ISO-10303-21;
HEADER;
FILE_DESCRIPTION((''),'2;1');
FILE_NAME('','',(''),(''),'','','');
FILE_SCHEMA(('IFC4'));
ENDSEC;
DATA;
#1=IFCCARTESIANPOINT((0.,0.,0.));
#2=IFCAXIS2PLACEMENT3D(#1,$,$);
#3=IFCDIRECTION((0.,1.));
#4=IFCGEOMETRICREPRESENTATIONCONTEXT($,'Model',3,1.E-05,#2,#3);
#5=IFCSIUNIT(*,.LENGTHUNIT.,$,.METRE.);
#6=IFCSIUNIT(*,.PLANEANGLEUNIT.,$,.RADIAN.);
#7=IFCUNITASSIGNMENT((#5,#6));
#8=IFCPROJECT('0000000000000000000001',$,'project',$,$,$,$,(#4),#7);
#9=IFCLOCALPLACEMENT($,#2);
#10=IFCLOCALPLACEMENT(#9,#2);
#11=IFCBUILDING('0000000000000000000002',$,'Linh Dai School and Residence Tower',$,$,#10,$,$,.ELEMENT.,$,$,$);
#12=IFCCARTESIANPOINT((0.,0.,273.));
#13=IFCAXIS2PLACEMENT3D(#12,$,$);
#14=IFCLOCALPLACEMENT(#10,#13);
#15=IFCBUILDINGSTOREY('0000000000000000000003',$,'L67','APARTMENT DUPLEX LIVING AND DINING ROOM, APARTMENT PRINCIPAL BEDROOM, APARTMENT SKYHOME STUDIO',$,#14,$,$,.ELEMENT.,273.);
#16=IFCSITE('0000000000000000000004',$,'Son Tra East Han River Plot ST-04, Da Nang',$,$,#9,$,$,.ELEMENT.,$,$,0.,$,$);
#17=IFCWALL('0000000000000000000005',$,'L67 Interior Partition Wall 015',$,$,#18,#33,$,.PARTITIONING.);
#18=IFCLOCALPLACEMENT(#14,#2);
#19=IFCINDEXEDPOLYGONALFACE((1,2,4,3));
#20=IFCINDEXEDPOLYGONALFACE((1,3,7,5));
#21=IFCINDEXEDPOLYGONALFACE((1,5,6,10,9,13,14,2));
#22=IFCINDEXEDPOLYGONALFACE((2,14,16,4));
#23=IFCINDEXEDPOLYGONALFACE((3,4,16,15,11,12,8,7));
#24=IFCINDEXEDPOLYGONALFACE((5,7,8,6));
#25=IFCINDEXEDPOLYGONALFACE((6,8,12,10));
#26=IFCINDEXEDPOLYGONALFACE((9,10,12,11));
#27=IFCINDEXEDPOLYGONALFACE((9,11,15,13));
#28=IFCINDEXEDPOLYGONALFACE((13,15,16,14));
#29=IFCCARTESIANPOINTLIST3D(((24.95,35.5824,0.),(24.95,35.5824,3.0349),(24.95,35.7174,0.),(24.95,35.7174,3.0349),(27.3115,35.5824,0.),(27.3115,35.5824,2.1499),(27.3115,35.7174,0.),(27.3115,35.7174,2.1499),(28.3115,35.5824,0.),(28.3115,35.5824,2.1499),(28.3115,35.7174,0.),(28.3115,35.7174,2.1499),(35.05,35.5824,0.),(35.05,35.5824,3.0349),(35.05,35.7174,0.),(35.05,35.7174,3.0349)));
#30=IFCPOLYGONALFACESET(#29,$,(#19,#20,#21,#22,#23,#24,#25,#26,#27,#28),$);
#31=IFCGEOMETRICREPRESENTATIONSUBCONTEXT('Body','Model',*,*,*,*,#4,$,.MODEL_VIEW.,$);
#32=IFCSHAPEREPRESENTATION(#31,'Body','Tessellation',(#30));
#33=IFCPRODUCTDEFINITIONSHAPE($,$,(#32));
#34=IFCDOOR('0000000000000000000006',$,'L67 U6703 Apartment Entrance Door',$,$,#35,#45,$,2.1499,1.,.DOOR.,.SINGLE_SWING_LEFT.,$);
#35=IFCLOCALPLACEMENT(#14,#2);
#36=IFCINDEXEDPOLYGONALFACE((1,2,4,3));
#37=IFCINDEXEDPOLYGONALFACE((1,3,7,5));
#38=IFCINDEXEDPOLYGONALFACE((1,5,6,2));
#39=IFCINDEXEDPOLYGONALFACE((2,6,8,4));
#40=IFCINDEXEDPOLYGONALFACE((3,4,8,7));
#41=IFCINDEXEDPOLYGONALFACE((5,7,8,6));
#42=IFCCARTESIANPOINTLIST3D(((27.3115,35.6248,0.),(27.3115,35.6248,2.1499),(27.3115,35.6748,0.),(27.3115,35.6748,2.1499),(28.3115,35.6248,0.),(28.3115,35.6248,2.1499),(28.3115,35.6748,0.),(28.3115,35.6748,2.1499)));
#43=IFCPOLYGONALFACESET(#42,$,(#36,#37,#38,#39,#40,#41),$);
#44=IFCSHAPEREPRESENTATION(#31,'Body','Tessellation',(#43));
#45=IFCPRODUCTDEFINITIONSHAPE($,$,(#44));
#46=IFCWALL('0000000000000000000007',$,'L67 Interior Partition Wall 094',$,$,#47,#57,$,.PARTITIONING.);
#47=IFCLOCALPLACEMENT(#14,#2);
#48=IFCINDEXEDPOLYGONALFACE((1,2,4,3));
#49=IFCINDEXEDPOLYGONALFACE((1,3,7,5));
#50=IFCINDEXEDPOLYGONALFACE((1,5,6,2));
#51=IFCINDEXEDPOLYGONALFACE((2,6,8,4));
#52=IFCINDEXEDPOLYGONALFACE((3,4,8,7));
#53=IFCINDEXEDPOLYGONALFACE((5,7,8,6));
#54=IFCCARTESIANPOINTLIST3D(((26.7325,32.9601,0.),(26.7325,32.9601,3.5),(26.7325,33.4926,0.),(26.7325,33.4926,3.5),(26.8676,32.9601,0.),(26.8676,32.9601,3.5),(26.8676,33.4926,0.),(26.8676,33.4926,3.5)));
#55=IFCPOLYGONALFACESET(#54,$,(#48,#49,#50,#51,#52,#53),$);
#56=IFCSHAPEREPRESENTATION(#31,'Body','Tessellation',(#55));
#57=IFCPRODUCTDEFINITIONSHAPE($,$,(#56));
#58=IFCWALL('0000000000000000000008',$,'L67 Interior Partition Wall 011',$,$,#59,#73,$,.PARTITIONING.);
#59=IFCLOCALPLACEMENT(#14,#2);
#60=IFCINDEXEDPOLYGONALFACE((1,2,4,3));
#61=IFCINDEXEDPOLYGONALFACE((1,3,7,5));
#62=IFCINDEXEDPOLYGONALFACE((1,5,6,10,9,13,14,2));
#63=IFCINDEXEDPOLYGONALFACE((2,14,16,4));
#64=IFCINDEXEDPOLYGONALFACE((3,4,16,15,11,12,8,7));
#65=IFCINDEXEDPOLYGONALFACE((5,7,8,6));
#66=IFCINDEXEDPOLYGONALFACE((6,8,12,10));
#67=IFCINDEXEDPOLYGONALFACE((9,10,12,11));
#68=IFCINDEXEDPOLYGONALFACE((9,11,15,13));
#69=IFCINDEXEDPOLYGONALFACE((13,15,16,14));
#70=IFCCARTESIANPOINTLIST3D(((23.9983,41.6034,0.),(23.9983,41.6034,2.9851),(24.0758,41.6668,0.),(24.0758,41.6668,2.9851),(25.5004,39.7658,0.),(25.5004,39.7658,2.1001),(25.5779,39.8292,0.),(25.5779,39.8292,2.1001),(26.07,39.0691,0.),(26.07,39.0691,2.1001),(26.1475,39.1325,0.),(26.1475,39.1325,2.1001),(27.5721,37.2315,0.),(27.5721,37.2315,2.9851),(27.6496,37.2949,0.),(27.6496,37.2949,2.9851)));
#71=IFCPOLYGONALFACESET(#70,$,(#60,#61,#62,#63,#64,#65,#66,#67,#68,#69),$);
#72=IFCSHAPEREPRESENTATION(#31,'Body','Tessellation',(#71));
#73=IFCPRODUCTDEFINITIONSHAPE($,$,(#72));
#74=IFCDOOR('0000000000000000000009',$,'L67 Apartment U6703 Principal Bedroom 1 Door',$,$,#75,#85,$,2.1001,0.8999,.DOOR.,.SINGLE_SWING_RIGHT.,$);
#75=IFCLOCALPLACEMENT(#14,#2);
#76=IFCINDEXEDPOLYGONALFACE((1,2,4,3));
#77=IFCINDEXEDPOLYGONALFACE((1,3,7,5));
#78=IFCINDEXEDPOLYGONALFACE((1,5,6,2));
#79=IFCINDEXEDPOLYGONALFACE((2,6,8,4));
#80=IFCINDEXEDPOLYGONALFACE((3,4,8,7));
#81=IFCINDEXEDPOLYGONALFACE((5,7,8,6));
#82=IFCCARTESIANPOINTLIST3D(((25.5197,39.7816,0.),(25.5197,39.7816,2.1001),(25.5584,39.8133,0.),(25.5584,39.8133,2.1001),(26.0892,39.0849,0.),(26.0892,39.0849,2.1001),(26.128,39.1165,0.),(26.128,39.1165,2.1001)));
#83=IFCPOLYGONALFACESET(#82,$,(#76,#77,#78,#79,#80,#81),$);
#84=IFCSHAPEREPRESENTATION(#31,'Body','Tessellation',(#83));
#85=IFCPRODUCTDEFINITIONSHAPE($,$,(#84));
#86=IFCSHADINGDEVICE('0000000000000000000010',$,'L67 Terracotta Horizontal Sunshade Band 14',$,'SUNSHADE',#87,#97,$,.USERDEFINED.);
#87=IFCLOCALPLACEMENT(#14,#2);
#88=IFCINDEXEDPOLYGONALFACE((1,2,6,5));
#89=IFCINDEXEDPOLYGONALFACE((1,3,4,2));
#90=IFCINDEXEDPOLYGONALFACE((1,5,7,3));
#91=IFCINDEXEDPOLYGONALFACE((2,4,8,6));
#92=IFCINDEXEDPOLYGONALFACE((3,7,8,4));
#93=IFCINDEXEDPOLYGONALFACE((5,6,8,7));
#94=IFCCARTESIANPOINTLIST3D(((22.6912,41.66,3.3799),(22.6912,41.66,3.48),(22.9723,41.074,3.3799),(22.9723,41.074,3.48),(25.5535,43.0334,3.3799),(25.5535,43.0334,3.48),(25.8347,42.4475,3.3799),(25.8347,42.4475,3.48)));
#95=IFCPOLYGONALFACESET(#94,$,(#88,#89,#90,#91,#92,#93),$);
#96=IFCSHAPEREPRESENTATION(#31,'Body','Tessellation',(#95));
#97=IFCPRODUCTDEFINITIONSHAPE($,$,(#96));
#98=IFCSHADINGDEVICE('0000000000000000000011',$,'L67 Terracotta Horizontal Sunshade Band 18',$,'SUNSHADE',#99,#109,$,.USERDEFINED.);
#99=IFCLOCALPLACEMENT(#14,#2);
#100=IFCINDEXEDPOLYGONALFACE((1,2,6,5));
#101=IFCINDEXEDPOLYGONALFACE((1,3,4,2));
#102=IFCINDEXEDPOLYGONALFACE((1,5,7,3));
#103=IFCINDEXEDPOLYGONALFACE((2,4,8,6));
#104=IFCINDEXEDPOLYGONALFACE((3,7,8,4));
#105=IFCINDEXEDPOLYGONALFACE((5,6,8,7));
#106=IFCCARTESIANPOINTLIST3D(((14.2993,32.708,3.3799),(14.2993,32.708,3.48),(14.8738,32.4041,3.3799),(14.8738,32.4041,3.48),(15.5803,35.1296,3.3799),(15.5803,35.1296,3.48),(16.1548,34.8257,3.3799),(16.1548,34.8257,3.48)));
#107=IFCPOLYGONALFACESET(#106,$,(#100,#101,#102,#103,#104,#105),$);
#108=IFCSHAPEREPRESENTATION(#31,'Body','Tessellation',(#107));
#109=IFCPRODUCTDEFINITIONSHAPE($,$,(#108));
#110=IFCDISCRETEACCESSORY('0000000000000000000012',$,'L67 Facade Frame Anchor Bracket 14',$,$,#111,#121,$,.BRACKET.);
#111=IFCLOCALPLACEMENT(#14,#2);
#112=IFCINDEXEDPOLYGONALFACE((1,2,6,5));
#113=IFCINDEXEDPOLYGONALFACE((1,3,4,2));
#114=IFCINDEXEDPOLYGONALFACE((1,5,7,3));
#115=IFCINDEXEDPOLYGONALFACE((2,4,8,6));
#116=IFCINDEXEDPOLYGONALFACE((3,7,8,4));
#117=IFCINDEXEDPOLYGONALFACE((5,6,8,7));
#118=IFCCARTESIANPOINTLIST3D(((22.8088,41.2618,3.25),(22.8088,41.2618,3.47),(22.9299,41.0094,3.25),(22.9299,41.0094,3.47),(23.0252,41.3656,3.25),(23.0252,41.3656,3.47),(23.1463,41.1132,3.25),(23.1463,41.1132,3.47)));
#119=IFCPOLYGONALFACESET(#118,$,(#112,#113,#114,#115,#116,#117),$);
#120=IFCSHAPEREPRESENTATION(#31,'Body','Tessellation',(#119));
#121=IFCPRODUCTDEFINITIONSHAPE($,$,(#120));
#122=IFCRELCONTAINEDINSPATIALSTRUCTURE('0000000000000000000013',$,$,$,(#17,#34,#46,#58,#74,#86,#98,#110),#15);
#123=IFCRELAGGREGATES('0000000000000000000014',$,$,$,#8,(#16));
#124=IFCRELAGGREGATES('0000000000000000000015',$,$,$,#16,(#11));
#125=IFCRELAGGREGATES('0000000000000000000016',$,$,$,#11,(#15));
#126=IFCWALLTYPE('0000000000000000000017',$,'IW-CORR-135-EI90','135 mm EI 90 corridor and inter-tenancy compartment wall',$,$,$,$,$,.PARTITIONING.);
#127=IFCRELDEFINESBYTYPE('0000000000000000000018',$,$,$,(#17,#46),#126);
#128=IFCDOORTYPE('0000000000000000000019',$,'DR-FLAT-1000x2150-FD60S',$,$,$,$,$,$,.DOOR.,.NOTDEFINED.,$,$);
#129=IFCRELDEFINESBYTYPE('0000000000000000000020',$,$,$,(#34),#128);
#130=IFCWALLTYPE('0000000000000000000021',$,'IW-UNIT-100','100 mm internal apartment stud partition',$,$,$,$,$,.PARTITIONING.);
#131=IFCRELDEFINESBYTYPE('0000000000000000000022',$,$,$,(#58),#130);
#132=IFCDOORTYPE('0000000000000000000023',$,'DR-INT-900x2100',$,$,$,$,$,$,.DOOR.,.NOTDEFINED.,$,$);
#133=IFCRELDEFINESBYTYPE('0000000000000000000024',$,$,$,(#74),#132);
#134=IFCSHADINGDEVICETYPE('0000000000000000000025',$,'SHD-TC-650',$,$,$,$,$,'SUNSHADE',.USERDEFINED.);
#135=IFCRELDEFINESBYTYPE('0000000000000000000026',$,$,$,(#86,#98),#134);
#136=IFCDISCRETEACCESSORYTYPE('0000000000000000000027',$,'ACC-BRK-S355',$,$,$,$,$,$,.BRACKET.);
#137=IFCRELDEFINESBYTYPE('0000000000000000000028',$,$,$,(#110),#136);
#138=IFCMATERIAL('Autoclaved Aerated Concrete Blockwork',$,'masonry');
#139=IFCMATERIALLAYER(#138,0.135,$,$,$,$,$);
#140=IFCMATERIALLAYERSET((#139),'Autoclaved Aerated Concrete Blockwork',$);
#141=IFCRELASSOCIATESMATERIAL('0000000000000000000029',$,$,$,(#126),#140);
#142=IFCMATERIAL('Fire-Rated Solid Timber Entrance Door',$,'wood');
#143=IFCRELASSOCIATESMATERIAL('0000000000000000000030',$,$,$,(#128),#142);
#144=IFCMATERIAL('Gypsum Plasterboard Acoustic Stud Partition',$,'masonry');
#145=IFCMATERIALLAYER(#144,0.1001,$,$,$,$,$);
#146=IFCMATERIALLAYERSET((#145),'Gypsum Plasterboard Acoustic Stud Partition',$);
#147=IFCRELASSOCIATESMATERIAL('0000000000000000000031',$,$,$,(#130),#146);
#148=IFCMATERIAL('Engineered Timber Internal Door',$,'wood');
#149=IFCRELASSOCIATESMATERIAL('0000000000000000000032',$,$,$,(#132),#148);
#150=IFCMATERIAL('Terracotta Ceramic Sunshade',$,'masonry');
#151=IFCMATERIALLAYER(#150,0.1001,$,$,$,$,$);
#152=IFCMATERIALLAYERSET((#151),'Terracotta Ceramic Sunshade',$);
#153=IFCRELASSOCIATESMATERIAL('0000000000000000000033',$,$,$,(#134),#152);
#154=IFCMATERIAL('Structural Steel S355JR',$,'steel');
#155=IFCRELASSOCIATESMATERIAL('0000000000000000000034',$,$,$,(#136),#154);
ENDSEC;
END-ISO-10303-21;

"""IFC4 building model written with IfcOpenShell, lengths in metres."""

from ifc_helpers import new_model, si_unit, direction, frame, frame_2d, origin, origin_2d, place, context, subcontext, project, spatial, rectangle, extrude, source, transform, mapped, material, layer, layer_set, type_object, element, fill, save


model = new_model("IFC4")

# Units and contexts
model_context = context("Model", 3, precision=1e-05, world=origin(), true_north=direction((0.0, 1.0)))
body_context = subcontext(model_context, "Body", "Model", "MODEL_VIEW")
ifc_project = project(units=[si_unit("LENGTHUNIT", "METRE"), si_unit("PLANEANGLEUNIT", "RADIAN")], contexts=[model_context])

# Site, building, storey
site_placement = place(None, origin())
site = spatial("IfcSite", under=ifc_project, at=site_placement, Name="Son Tra East Han River Plot ST-04, Da Nang", CompositionType="ELEMENT", RefElevation=0.0)
building_placement = place(site_placement, origin())
building = spatial("IfcBuilding", under=site, at=building_placement, Name="Linh Dai School and Residence Tower", CompositionType="ELEMENT")
storey_placement = place(building_placement, frame((0.0, 0.0, 273.0)))
storey = spatial("IfcBuildingStorey", under=building, at=storey_placement, Name="L67", Description="APARTMENT DUPLEX LIVING AND DINING ROOM, APARTMENT PRINCIPAL BEDROOM, APARTMENT SKYHOME STUDIO", CompositionType="ELEMENT", Elevation=273.0)

# Shared definitions
ifc_material_1 = material(Name="Structural Steel S355JR", Category="steel")

# Wall, opening, door
ifc_material_2 = material(Name="Autoclaved Aerated Concrete Blockwork", Category="masonry")
ifc_layer_1 = layer(ifc_material_2, 0.135)
ifc_layer_set_1 = layer_set([ifc_layer_1], Name="Autoclaved Aerated Concrete Blockwork")
wall_type_1 = type_object("IfcWallType", Name="IW-CORR-135-EI90", Description="135 mm EI 90 corridor and inter-tenancy compartment wall", PredefinedType="PARTITIONING", material=ifc_layer_set_1)
wall_1_placement = place(storey_placement, frame((24.95, 35.6499, 0.0), z_axis=(0.0, 0.0, 1.0), x_axis=(1.0, 0.0, 0.0)))
wall_1 = element("IfcWall", 1, at=wall_1_placement, inside=storey, type_object=wall_type_1, Name="L67 Interior Partition Wall 015", PredefinedType="PARTITIONING", context=body_context, shape_type="SweptSolid", body=[
    extrude(rectangle(XDim=10.1001, YDim=0.135, at=frame_2d((5.05, 0.0))), origin(), (0.0, 0.0, 1.0), 3.0349),
])
opening_1_placement = place(wall_1_placement, frame((2.3616, 0.0, 0.0)))
opening_1 = element("IfcOpeningElement", 2, at=opening_1_placement, cuts=wall_1, PredefinedType="OPENING", context=body_context, shape_type="SweptSolid", body=[
    extrude(rectangle(XDim=1.0, YDim=2.1499, at=origin_2d()), frame((0.5, 0.0776, 1.075), z_axis=(0.0, -1.0, 0.0), x_axis=(1.0, 0.0, 0.0)), (0.0, 0.0, 1.0), 0.155),
])
ifc_material_3 = material(Name="Fire-Rated Solid Timber Entrance Door", Category="wood")
door_type_1 = type_object("IfcDoorType", Name="DR-FLAT-1000x2150-FD60S", OperationType="NOTDEFINED", PredefinedType="DOOR", material=ifc_material_3)
shared_shape_1 = source(origin(), body_context, "Body", "SweptSolid", [
    extrude(rectangle(XDim=1.0, YDim=2.1499, at=origin_2d()), frame((0.5, 0.0249, 1.075), z_axis=(0.0, -1.0, 0.0), x_axis=(1.0, 0.0, 0.0)), (0.0, 0.0, 1.0), 0.05),
])
door_1_placement = place(opening_1_placement, origin())
door_1 = element("IfcDoor", 3, at=door_1_placement, inside=storey, type_object=door_type_1, Name="L67 U6703 Apartment Entrance Door", OperationType="SINGLE_SWING_LEFT", OverallHeight=2.1499, OverallWidth=1.0, PredefinedType="DOOR", context=body_context, shape_type="MappedRepresentation", body=[
    mapped(shared_shape_1, transform((0.0, 0.0, 0.0), x_axis=(1.0, 0.0, 0.0), y_axis=(0.0, 1.0, 0.0), z_axis=(0.0, 0.0, 1.0), scale=1.0)),
])
fill(opening_1, door_1)

# Wall
wall_2_placement = place(storey_placement, frame((26.8, 33.4924, 0.0), z_axis=(0.0, 0.0, 1.0), x_axis=(0.0, -1.0, 0.0)))
element("IfcWall", 4, at=wall_2_placement, inside=storey, type_object=wall_type_1, Name="L67 Interior Partition Wall 094", PredefinedType="PARTITIONING", context=body_context, shape_type="SweptSolid", body=[
    extrude(rectangle(XDim=0.5325, YDim=0.135, at=frame_2d((0.2661, 0.0))), origin(), (0.0, 0.0, 1.0), 3.5),
])

# Wall, opening, door
ifc_material_4 = material(Name="Gypsum Plasterboard Acoustic Stud Partition", Category="masonry")
ifc_layer_2 = layer(ifc_material_4, 0.1001)
ifc_layer_set_2 = layer_set([ifc_layer_2], Name="Gypsum Plasterboard Acoustic Stud Partition")
wall_type_2 = type_object("IfcWallType", Name="IW-UNIT-100", Description="100 mm internal apartment stud partition", PredefinedType="PARTITIONING", material=ifc_layer_set_2)
wall_3_placement = place(storey_placement, frame((24.0371, 41.635, 0.0), z_axis=(0.0, 0.0, 1.0), x_axis=(0.632896, -0.774237, 0.0)))
wall_3 = element("IfcWall", 5, at=wall_3_placement, inside=storey, type_object=wall_type_2, Name="L67 Interior Partition Wall 011", PredefinedType="PARTITIONING", context=body_context, shape_type="SweptSolid", body=[
    extrude(rectangle(XDim=5.6467, YDim=0.1001, at=frame_2d((2.8232, 0.0))), origin(), (0.0, 0.0, 1.0), 2.9851),
])
opening_2_placement = place(wall_3_placement, frame((2.3733, 0.0, 0.0)))
opening_2 = element("IfcOpeningElement", 6, at=opening_2_placement, cuts=wall_3, PredefinedType="OPENING", context=body_context, shape_type="SweptSolid", body=[
    extrude(rectangle(XDim=0.8999, YDim=2.1001, at=origin_2d()), frame((0.45, 0.0601, 1.05), z_axis=(0.0, -1.0, 0.0), x_axis=(1.0, 0.0, 0.0)), (0.0, 0.0, 1.0), 0.1201),
])
ifc_material_5 = material(Name="Engineered Timber Internal Door", Category="wood")
door_type_2 = type_object("IfcDoorType", Name="DR-INT-900x2100", OperationType="NOTDEFINED", PredefinedType="DOOR", material=ifc_material_5)
shared_shape_2 = source(origin(), body_context, "Body", "SweptSolid", [
    extrude(rectangle(XDim=0.8999, YDim=2.1001, at=origin_2d()), frame((0.45, 0.0249, 1.05), z_axis=(0.0, -1.0, 0.0), x_axis=(1.0, 0.0, 0.0)), (0.0, 0.0, 1.0), 0.05),
])
door_2_placement = place(opening_2_placement, origin())
door_2 = element("IfcDoor", 7, at=door_2_placement, inside=storey, type_object=door_type_2, Name="L67 Apartment U6703 Principal Bedroom 1 Door", OperationType="SINGLE_SWING_RIGHT", OverallHeight=2.1001, OverallWidth=0.8999, PredefinedType="DOOR", context=body_context, shape_type="MappedRepresentation", body=[
    mapped(shared_shape_2, transform((0.0, 0.0, 0.0), x_axis=(1.0, 0.0, 0.0), y_axis=(0.0, 1.0, 0.0), z_axis=(0.0, 0.0, 1.0), scale=1.0)),
])
fill(opening_2, door_2)

# Shading devices
ifc_material_6 = material(Name="Terracotta Ceramic Sunshade", Category="masonry")
ifc_layer_3 = layer(ifc_material_6, 0.1001)
ifc_layer_set_3 = layer_set([ifc_layer_3], Name="Terracotta Ceramic Sunshade")
shading_device_type = type_object("IfcShadingDeviceType", Name="SHD-TC-650", ElementType="SUNSHADE", PredefinedType="USERDEFINED", material=ifc_layer_set_3)
shared_shape_3 = source(origin(), body_context, "Body", "SweptSolid", [
    extrude(rectangle(XDim=3.1748, YDim=0.6499, at=origin_2d()), origin(), (0.0, 0.0, 1.0), 0.1001),
])
shading_device_1_placement = place(storey_placement, frame((24.2629, 42.0537, 3.3799), z_axis=(0.0, 0.0, 1.0), x_axis=(0.90158, 0.432612, 0.0)))
element("IfcShadingDevice", 8, at=shading_device_1_placement, inside=storey, type_object=shading_device_type, Name="L67 Terracotta Horizontal Sunshade Band 14", ObjectType="SUNSHADE", PredefinedType="USERDEFINED", context=body_context, shape_type="MappedRepresentation", body=[
    mapped(shared_shape_3, transform((0.0, 0.0, 0.0), x_axis=(1.0, 0.0, 0.0), y_axis=(0.0, 1.0, 0.0), z_axis=(0.0, 0.0, 1.0), scale=1.0)),
])
shared_shape_4 = source(origin(), body_context, "Body", "SweptSolid", [
    extrude(rectangle(XDim=2.7395, YDim=0.6499, at=origin_2d()), origin(), (0.0, 0.0, 1.0), 0.1001),
])
shading_device_2_placement = place(storey_placement, frame((15.2271, 33.7668, 3.3799), z_axis=(0.0, 0.0, 1.0), x_axis=(0.467604, 0.883938, 0.0)))
element("IfcShadingDevice", 9, at=shading_device_2_placement, inside=storey, type_object=shading_device_type, Name="L67 Terracotta Horizontal Sunshade Band 18", ObjectType="SUNSHADE", PredefinedType="USERDEFINED", context=body_context, shape_type="MappedRepresentation", body=[
    mapped(shared_shape_4, transform((0.0, 0.0, 0.0), x_axis=(1.0, 0.0, 0.0), y_axis=(0.0, 1.0, 0.0), z_axis=(0.0, 0.0, 1.0), scale=1.0)),
])

# Discrete accessory
discrete_accessory_type = type_object("IfcDiscreteAccessoryType", Name="ACC-BRK-S355", PredefinedType="BRACKET", material=ifc_material_1)
shared_shape_5 = source(origin(), body_context, "Body", "SweptSolid", [
    extrude(rectangle(XDim=0.28, YDim=0.24, at=origin_2d()), origin(), (0.0, 0.0, 1.0), 0.22),
])
discrete_accessory_placement = place(storey_placement, frame((22.9775, 41.1875, 3.25), z_axis=(0.0, 0.0, 1.0), x_axis=(-0.432612, 0.90158, 0.0)))
element("IfcDiscreteAccessory", 10, at=discrete_accessory_placement, inside=storey, type_object=discrete_accessory_type, Name="L67 Facade Frame Anchor Bracket 14", PredefinedType="BRACKET", context=body_context, shape_type="MappedRepresentation", body=[
    mapped(shared_shape_5, transform((0.0, 0.0, 0.0), x_axis=(1.0, 0.0, 0.0), y_axis=(0.0, 1.0, 0.0), z_axis=(0.0, 0.0, 1.0), scale=1.0)),
])

save(model, "model.ifc")
